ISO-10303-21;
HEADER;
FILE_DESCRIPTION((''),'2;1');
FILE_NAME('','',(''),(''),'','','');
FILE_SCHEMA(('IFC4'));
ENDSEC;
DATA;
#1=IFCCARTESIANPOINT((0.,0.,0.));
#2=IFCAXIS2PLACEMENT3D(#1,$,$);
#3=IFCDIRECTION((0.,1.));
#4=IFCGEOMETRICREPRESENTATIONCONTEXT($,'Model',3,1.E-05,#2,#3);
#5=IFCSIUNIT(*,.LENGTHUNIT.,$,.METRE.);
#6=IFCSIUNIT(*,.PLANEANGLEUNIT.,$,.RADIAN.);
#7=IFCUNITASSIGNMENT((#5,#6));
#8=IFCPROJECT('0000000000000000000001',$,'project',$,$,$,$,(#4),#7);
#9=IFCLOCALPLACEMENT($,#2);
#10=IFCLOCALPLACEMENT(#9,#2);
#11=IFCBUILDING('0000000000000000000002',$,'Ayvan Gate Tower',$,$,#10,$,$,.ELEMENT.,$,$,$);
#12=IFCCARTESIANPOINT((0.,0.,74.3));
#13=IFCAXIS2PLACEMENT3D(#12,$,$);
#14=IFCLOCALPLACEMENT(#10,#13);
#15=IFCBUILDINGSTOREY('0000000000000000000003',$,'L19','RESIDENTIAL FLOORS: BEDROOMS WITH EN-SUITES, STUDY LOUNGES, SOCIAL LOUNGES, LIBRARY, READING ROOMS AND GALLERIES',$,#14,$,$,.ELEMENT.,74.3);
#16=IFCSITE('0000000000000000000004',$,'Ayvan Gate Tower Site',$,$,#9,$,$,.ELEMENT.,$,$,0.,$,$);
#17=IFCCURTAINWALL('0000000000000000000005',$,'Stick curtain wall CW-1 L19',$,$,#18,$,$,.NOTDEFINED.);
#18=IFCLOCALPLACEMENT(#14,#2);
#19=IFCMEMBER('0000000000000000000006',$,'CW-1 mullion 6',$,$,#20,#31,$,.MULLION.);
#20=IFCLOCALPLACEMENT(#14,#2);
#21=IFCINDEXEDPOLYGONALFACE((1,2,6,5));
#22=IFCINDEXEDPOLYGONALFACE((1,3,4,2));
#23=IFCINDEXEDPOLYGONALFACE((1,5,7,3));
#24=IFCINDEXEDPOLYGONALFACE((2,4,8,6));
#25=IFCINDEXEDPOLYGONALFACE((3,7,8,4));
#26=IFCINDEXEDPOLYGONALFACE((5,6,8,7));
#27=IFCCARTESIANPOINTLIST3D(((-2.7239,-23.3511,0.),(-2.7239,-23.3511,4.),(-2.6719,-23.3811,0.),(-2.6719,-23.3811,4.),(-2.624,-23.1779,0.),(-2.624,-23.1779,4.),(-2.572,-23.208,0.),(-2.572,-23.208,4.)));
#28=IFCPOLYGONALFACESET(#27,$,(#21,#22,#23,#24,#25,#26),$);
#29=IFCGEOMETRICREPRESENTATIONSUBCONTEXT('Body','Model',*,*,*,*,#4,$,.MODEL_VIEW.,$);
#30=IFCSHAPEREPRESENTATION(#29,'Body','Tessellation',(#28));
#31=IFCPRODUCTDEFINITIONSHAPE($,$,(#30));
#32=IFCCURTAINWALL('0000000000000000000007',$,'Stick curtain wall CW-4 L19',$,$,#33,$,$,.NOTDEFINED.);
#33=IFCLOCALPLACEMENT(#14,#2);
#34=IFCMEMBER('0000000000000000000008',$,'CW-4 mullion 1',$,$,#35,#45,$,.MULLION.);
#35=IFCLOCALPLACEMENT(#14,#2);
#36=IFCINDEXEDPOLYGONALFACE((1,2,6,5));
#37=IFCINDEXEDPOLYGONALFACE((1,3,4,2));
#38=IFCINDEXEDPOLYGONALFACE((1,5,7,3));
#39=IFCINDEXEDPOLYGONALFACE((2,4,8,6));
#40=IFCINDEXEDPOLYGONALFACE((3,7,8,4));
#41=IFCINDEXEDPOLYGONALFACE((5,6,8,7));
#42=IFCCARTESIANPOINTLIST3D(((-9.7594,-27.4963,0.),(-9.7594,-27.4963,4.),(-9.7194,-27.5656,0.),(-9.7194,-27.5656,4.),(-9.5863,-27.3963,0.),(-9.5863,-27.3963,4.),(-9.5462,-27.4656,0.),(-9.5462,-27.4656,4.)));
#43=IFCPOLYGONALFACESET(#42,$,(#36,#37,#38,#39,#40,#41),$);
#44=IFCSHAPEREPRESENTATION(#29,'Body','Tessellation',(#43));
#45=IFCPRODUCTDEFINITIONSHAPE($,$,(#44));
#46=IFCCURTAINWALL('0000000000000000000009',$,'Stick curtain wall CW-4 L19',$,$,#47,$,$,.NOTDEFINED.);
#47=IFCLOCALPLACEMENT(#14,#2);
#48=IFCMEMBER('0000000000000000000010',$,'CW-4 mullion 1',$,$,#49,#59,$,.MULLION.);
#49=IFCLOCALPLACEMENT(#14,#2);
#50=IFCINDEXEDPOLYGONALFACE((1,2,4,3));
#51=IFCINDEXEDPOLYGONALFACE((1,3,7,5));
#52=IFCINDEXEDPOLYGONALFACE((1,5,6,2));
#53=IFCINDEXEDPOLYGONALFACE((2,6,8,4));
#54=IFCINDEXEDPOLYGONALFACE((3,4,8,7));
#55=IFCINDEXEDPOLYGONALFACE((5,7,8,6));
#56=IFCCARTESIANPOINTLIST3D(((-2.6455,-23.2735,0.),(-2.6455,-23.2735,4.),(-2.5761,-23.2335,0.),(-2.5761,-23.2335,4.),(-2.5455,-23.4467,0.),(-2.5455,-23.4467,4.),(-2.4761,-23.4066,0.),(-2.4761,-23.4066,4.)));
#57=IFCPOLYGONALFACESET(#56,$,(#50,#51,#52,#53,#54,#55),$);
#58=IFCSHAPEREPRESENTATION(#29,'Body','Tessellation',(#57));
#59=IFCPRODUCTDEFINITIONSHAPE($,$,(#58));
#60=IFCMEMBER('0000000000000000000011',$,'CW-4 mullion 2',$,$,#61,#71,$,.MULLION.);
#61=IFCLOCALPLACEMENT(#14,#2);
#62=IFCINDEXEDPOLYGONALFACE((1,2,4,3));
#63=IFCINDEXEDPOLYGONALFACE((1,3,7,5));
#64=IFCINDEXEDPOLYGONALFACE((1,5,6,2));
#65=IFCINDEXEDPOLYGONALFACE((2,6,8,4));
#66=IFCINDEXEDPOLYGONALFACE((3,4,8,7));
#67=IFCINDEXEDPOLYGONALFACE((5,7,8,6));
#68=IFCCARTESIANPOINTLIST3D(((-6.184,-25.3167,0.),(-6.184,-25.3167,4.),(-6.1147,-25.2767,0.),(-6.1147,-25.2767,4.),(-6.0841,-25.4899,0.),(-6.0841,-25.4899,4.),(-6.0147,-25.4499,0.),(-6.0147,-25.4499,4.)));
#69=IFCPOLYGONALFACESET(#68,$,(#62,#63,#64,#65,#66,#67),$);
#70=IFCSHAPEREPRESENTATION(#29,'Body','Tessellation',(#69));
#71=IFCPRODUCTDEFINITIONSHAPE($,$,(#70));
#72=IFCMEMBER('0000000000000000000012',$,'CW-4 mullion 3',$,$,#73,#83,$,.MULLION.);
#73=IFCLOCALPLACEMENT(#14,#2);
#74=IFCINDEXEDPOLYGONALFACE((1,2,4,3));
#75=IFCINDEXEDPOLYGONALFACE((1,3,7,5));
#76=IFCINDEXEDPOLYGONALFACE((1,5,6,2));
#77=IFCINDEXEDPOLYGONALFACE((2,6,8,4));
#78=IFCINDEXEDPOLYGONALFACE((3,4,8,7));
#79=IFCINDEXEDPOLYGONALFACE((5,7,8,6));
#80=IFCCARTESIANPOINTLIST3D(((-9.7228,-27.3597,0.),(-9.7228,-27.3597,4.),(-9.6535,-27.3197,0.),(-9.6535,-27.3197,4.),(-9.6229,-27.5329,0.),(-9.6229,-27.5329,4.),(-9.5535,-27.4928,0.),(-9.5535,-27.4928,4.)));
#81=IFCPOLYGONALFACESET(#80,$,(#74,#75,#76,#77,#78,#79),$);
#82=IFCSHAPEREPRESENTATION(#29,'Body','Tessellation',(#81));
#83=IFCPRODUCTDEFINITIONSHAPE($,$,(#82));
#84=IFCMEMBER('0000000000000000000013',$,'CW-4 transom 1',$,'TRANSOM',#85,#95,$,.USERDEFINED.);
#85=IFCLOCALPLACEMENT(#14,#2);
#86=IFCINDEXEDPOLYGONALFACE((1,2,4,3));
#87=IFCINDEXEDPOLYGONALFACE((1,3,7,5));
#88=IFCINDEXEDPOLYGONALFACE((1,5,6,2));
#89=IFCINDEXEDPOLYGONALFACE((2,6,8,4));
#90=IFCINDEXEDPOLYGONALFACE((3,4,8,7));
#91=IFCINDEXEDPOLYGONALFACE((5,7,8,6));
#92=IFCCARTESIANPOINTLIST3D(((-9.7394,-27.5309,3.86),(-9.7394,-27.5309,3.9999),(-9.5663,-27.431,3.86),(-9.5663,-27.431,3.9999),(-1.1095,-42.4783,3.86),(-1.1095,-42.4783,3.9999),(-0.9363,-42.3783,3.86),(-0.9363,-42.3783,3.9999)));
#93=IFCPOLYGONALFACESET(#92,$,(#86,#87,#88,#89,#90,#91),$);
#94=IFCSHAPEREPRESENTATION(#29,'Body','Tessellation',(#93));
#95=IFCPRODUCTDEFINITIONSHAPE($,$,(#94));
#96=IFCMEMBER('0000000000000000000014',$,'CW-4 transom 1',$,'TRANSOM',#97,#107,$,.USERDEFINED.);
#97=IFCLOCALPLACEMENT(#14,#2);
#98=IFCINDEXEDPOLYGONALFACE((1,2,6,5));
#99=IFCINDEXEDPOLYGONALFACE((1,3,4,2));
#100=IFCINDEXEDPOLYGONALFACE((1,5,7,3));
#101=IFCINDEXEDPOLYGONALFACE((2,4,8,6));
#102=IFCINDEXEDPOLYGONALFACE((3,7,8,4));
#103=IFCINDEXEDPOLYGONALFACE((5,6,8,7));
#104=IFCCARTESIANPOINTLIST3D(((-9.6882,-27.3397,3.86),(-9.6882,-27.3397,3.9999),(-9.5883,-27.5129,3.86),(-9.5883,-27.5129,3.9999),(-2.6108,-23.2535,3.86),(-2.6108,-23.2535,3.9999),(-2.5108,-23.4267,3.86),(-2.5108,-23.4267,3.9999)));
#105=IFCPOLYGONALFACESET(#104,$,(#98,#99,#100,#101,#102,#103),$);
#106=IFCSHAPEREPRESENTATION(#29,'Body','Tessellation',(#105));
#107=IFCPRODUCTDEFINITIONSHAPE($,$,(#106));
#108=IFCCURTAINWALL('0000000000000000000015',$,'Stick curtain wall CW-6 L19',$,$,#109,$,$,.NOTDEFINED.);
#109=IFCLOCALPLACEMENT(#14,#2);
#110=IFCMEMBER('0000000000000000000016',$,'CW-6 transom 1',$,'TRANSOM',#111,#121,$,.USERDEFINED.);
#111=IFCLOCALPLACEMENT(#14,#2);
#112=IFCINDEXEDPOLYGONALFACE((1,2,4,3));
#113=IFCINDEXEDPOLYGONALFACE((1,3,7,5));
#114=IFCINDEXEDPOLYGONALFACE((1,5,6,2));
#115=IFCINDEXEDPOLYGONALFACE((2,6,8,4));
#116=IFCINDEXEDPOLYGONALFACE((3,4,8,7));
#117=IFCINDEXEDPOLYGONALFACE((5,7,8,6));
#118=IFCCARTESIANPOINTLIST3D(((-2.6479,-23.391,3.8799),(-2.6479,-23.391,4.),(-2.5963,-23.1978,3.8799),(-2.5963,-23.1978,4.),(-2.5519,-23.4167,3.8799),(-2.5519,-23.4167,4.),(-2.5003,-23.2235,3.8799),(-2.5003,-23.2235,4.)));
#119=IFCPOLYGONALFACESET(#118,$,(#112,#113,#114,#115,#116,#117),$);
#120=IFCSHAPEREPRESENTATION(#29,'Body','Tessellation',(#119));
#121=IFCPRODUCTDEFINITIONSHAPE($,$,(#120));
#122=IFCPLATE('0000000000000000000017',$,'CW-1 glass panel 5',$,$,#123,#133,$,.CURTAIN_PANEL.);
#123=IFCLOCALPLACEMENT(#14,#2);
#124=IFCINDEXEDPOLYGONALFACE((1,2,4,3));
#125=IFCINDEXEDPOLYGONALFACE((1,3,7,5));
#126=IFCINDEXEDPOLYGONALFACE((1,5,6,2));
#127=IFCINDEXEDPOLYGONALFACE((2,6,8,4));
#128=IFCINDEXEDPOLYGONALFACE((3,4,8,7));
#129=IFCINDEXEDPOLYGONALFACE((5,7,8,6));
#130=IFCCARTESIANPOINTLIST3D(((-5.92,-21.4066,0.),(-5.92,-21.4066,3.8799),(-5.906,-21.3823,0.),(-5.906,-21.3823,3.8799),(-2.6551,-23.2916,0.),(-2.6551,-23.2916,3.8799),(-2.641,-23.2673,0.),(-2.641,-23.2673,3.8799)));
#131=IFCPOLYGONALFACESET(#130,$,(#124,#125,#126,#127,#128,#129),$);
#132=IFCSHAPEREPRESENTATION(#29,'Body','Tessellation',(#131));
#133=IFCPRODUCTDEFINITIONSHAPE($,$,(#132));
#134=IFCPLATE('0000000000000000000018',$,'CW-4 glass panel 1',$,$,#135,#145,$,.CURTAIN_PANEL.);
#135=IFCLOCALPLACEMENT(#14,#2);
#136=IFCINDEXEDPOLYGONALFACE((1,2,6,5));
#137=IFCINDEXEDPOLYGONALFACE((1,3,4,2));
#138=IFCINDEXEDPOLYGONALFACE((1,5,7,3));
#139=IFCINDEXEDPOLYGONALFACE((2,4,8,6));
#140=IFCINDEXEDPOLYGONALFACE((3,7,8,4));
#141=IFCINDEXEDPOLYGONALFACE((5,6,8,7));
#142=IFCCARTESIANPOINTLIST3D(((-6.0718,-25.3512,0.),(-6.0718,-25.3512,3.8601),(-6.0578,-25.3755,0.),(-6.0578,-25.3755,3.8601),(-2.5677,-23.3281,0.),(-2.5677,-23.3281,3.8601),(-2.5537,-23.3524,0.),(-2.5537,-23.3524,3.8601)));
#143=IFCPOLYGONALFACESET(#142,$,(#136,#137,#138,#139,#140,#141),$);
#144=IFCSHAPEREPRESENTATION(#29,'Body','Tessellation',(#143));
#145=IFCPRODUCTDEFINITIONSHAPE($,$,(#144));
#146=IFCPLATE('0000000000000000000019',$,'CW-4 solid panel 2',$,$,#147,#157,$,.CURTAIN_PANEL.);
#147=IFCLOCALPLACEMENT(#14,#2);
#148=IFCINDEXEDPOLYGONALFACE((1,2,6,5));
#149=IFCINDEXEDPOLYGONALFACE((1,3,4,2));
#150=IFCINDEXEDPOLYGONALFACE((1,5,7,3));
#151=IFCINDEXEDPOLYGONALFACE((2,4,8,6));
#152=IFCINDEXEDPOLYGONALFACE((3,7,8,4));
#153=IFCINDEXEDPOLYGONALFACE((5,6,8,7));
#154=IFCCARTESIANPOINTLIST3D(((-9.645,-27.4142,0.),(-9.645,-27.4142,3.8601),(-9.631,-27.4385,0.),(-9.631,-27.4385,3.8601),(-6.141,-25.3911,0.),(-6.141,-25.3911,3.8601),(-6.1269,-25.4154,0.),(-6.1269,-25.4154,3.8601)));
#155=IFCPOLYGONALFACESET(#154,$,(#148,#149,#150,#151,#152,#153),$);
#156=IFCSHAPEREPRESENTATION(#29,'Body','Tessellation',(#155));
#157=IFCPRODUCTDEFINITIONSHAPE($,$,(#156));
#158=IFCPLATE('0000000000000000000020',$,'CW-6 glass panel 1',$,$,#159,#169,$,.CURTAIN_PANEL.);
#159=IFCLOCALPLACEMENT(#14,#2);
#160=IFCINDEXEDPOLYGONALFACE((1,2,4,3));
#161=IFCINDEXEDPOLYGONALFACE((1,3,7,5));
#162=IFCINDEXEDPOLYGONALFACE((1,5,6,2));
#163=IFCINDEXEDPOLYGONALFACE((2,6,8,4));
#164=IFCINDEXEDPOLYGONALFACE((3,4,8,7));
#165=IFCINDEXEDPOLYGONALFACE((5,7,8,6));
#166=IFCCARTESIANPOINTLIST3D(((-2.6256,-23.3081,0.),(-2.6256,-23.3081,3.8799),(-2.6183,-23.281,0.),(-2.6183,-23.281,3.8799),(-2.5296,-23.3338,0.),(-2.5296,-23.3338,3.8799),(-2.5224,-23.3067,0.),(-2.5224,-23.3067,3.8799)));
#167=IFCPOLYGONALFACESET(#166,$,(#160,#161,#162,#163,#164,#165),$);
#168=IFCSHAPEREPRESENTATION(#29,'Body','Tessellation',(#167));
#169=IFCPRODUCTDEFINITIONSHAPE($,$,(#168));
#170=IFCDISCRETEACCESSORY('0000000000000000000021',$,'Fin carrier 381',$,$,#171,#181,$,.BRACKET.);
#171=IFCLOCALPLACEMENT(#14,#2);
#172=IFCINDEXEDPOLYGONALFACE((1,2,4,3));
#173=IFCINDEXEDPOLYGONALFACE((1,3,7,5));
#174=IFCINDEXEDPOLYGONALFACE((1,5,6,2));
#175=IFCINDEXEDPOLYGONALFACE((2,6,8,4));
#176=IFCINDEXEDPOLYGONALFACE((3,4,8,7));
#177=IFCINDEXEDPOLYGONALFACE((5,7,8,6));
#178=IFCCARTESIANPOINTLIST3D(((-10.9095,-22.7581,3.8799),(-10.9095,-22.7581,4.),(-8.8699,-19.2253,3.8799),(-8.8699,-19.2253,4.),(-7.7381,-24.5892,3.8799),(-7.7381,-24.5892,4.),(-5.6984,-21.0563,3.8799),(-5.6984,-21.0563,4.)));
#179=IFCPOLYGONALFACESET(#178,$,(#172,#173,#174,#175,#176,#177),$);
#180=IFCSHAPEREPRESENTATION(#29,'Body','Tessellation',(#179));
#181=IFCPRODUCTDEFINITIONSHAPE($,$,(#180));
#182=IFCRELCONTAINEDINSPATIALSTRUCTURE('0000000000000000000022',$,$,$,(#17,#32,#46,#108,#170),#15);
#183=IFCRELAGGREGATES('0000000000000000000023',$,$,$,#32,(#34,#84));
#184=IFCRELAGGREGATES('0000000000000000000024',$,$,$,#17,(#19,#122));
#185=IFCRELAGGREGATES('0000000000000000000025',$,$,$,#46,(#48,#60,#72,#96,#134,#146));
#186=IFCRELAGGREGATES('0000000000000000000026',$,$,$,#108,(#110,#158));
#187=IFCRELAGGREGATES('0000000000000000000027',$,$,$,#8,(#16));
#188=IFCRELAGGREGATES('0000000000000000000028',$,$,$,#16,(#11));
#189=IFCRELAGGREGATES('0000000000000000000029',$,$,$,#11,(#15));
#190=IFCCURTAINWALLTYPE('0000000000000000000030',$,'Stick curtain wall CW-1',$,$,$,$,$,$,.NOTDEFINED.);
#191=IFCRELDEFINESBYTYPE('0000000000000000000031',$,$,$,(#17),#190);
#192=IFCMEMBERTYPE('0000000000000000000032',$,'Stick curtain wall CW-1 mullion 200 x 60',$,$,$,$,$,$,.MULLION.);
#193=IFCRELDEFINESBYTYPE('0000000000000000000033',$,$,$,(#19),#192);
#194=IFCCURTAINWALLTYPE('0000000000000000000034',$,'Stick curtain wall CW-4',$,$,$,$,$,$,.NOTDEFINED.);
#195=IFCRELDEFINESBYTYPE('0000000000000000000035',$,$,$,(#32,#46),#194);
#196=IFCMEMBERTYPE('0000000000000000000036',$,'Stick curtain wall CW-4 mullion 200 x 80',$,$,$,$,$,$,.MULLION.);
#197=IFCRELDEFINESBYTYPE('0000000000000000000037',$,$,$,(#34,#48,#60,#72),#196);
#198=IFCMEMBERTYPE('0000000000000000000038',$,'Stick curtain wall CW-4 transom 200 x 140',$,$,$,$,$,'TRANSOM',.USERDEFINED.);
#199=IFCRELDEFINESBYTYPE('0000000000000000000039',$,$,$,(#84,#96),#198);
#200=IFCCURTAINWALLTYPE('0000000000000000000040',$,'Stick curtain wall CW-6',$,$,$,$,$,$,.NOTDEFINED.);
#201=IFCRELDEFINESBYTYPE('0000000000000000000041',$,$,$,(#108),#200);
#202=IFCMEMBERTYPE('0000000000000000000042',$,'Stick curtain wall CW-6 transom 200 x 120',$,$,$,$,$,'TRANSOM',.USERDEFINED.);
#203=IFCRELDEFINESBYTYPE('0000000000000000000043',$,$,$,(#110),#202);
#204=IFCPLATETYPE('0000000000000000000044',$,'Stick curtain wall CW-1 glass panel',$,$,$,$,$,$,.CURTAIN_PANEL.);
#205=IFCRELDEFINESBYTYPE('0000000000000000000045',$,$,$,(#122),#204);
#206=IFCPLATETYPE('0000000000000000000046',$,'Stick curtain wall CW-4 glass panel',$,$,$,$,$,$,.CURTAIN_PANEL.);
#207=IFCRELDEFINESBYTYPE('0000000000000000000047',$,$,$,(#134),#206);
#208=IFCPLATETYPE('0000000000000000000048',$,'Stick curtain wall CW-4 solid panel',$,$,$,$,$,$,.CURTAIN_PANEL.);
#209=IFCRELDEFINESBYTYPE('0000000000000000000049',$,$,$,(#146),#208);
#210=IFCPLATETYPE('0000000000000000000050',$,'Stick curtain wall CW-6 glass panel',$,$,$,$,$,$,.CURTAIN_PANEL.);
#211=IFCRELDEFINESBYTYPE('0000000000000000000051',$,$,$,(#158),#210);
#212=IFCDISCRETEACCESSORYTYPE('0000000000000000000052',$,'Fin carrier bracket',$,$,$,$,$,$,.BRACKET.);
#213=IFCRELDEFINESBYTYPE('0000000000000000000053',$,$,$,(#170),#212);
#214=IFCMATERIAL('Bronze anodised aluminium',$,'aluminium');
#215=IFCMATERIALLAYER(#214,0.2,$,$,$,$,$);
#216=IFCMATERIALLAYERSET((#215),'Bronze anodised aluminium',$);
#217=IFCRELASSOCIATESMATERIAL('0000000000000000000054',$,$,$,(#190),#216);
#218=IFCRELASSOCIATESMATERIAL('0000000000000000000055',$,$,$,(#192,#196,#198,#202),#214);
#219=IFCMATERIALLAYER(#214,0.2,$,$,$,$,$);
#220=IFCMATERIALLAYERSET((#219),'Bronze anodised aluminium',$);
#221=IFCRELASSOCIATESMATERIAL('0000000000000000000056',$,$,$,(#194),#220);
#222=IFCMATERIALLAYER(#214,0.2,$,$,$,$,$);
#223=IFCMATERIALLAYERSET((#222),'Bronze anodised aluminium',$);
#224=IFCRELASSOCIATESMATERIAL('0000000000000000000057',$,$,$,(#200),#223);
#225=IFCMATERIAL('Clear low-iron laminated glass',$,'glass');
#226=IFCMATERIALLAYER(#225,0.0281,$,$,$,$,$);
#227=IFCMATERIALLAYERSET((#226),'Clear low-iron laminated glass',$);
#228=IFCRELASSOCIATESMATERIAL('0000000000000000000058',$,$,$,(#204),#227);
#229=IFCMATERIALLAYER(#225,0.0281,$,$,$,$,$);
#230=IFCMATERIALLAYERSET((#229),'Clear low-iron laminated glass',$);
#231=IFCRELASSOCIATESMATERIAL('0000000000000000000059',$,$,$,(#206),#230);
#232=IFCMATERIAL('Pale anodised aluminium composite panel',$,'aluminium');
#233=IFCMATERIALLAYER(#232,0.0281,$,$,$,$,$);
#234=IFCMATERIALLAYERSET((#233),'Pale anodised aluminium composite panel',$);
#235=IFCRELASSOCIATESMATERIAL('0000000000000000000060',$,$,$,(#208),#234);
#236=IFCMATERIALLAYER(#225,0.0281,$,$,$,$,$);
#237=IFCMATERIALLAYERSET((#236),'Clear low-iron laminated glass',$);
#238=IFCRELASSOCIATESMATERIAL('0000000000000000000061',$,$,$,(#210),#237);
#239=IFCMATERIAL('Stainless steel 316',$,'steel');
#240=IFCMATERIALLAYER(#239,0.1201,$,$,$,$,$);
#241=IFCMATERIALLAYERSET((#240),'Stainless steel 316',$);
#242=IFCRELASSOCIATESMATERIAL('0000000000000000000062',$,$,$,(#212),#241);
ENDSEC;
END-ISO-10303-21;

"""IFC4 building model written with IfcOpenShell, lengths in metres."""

from ifc_helpers import new_model, si_unit, direction, frame, origin, origin_2d, place, context, subcontext, project, spatial, rectangle, extrude, material, layer, layer_set, material_profile, profile_set, type_object, element, aggregate, save


model = new_model("IFC4")

# Units and contexts
model_context = context("Model", 3, precision=1e-05, world=origin(), true_north=direction((0.0, 1.0)))
body_context = subcontext(model_context, "Body", "Model", "MODEL_VIEW")
ifc_project = project(units=[si_unit("LENGTHUNIT", "METRE"), si_unit("PLANEANGLEUNIT", "RADIAN")], contexts=[model_context])

# Site, building, storey
site_placement = place(None, origin())
site = spatial("IfcSite", under=ifc_project, at=site_placement, Name="Ayvan Gate Tower Site", CompositionType="ELEMENT", RefElevation=0.0)
building_placement = place(site_placement, origin())
building = spatial("IfcBuilding", under=site, at=building_placement, Name="Ayvan Gate Tower", CompositionType="ELEMENT")
storey_placement = place(building_placement, frame((0.0, 0.0, 74.3)))
storey = spatial("IfcBuildingStorey", under=building, at=storey_placement, Name="L19", Description="RESIDENTIAL FLOORS: BEDROOMS WITH EN-SUITES, STUDY LOUNGES, SOCIAL LOUNGES, LIBRARY, READING ROOMS AND GALLERIES", CompositionType="ELEMENT", Elevation=74.3)

# Curtain wall, member
ifc_material_1 = material(Name="Bronze anodised aluminium", Category="aluminium")
ifc_layer_1 = layer(ifc_material_1, 0.2)
ifc_layer_set_1 = layer_set([ifc_layer_1], Name="Bronze anodised aluminium")
curtain_wall_type_1 = type_object("IfcCurtainWallType", Name="Stick curtain wall CW-1", PredefinedType="NOTDEFINED", material=ifc_layer_set_1)
curtain_wall_1_placement = place(storey_placement, origin())
curtain_wall_1 = element("IfcCurtainWall", 1, at=curtain_wall_1_placement, inside=storey, type_object=curtain_wall_type_1, Name="Stick curtain wall CW-1 L19", PredefinedType="NOTDEFINED")
ifc_material_profile_1 = material_profile(ifc_material_1, rectangle(XDim=0.2, YDim=0.0601, at=origin_2d()), Name="Stick curtain wall CW-1 mullion 200 x 60")
ifc_profile_set_1 = profile_set([ifc_material_profile_1], Name="Bronze anodised aluminium")
member_type_1 = type_object("IfcMemberType", Name="Stick curtain wall CW-1 mullion 200 x 60", PredefinedType="MULLION", material=ifc_profile_set_1)
member_1_placement = place(storey_placement, frame((-2.6479, -23.2795, 0.0), z_axis=(0.0, 0.0, 1.0), x_axis=(-0.5, -0.866025, 0.0)))
member_1 = element("IfcMember", 2, at=member_1_placement, type_object=member_type_1, Name="CW-1 mullion 6", PredefinedType="MULLION", context=body_context, shape_type="SweptSolid", body=[
    extrude(rectangle(XDim=0.2, YDim=0.0601, at=origin_2d()), origin(), (0.0, 0.0, 1.0), 4.0),
])

# Curtain wall, member
ifc_layer_2 = layer(ifc_material_1, 0.2)
ifc_layer_set_2 = layer_set([ifc_layer_2], Name="Bronze anodised aluminium")
curtain_wall_type_2 = type_object("IfcCurtainWallType", Name="Stick curtain wall CW-4", PredefinedType="NOTDEFINED", material=ifc_layer_set_2)
curtain_wall_2_placement = place(storey_placement, origin())
curtain_wall_2 = element("IfcCurtainWall", 3, at=curtain_wall_2_placement, inside=storey, type_object=curtain_wall_type_2, Name="Stick curtain wall CW-4 L19", PredefinedType="NOTDEFINED")
ifc_material_profile_2 = material_profile(ifc_material_1, rectangle(XDim=0.2, YDim=0.0801, at=origin_2d()), Name="Stick curtain wall CW-4 mullion 200 x 80")
ifc_profile_set_2 = profile_set([ifc_material_profile_2], Name="Bronze anodised aluminium")
member_type_2 = type_object("IfcMemberType", Name="Stick curtain wall CW-4 mullion 200 x 80", PredefinedType="MULLION", material=ifc_profile_set_2)
member_2_placement = place(storey_placement, frame((-9.6528, -27.481, 0.0), z_axis=(0.0, 0.0, 1.0), x_axis=(-0.866025, -0.5, 0.0)))
member_2 = element("IfcMember", 4, at=member_2_placement, type_object=member_type_2, Name="CW-4 mullion 1", PredefinedType="MULLION", context=body_context, shape_type="SweptSolid", body=[
    extrude(rectangle(XDim=0.2, YDim=0.0801, at=origin_2d()), origin(), (0.0, 0.0, 1.0), 4.0),
])

# Curtain wall, members
curtain_wall_3_placement = place(storey_placement, origin())
curtain_wall_3 = element("IfcCurtainWall", 5, at=curtain_wall_3_placement, inside=storey, type_object=curtain_wall_type_2, Name="Stick curtain wall CW-4 L19", PredefinedType="NOTDEFINED")
member_3_placement = place(storey_placement, frame((-2.5608, -23.3401, 0.0), z_axis=(0.0, 0.0, 1.0), x_axis=(-0.5, 0.866025, 0.0)))
member_3 = element("IfcMember", 6, at=member_3_placement, type_object=member_type_2, Name="CW-4 mullion 1", PredefinedType="MULLION", context=body_context, shape_type="SweptSolid", body=[
    extrude(rectangle(XDim=0.2, YDim=0.0801, at=origin_2d()), origin(), (0.0, 0.0, 1.0), 4.0),
])
member_4_placement = place(storey_placement, frame((-6.0994, -25.3833, 0.0), z_axis=(0.0, 0.0, 1.0), x_axis=(-0.5, 0.866025, 0.0)))
member_4 = element("IfcMember", 7, at=member_4_placement, type_object=member_type_2, Name="CW-4 mullion 2", PredefinedType="MULLION", context=body_context, shape_type="SweptSolid", body=[
    extrude(rectangle(XDim=0.2, YDim=0.0801, at=origin_2d()), origin(), (0.0, 0.0, 1.0), 4.0),
])
member_5_placement = place(storey_placement, frame((-9.6382, -27.4263, 0.0), z_axis=(0.0, 0.0, 1.0), x_axis=(-0.5, 0.866025, 0.0)))
member_5 = element("IfcMember", 8, at=member_5_placement, type_object=member_type_2, Name="CW-4 mullion 3", PredefinedType="MULLION", context=body_context, shape_type="SweptSolid", body=[
    extrude(rectangle(XDim=0.2, YDim=0.0801, at=origin_2d()), origin(), (0.0, 0.0, 1.0), 4.0),
])

# Members
ifc_material_profile_3 = material_profile(ifc_material_1, rectangle(XDim=0.2, YDim=0.1399, at=origin_2d()), Name="Stick curtain wall CW-4 transom 200 x 140")
ifc_profile_set_3 = profile_set([ifc_material_profile_3], Name="Bronze anodised aluminium")
member_type_3 = type_object("IfcMemberType", Name="Stick curtain wall CW-4 transom 200 x 140", ElementType="TRANSOM", PredefinedType="USERDEFINED", material=ifc_profile_set_3)
member_6_placement = place(storey_placement, frame((-9.6528, -27.481, 3.9299), z_axis=(0.500003, -0.866024, 0.0), x_axis=(0.866024, 0.500003, 0.0)))
member_6 = element("IfcMember", 9, at=member_6_placement, type_object=member_type_3, Name="CW-4 transom 1", ObjectType="TRANSOM", PredefinedType="USERDEFINED", context=body_context, shape_type="SweptSolid", body=[
    extrude(rectangle(XDim=0.2, YDim=0.1399, at=origin_2d()), origin(), (0.0, 0.0, 1.0), 17.2598),
])
aggregate(curtain_wall_2, [member_2, member_6])
member_7_placement = place(storey_placement, frame((-2.5608, -23.3401, 3.9299), z_axis=(-0.866023, -0.500004, 0.0), x_axis=(0.500004, -0.866023, 0.0)))
member_7 = element("IfcMember", 10, at=member_7_placement, type_object=member_type_3, Name="CW-4 transom 1", ObjectType="TRANSOM", PredefinedType="USERDEFINED", context=body_context, shape_type="SweptSolid", body=[
    extrude(rectangle(XDim=0.2, YDim=0.1399, at=origin_2d()), origin(), (0.0, 0.0, 1.0), 8.1724),
])

# Curtain wall, member
ifc_layer_3 = layer(ifc_material_1, 0.2)
ifc_layer_set_3 = layer_set([ifc_layer_3], Name="Bronze anodised aluminium")
curtain_wall_type_3 = type_object("IfcCurtainWallType", Name="Stick curtain wall CW-6", PredefinedType="NOTDEFINED", material=ifc_layer_set_3)
curtain_wall_4_placement = place(storey_placement, origin())
curtain_wall_4 = element("IfcCurtainWall", 11, at=curtain_wall_4_placement, inside=storey, type_object=curtain_wall_type_3, Name="Stick curtain wall CW-6 L19", PredefinedType="NOTDEFINED")
ifc_material_profile_4 = material_profile(ifc_material_1, rectangle(XDim=0.2, YDim=0.1201, at=origin_2d()), Name="Stick curtain wall CW-6 transom 200 x 120")
ifc_profile_set_4 = profile_set([ifc_material_profile_4], Name="Bronze anodised aluminium")
member_type_4 = type_object("IfcMemberType", Name="Stick curtain wall CW-6 transom 200 x 120", ElementType="TRANSOM", PredefinedType="USERDEFINED", material=ifc_profile_set_4)
member_8_placement = place(storey_placement, frame((-2.6221, -23.2944, 3.9399), z_axis=(0.966112, -0.258122, 0.0), x_axis=(0.258122, 0.966112, 0.0)))
member_8 = element("IfcMember", 12, at=member_8_placement, type_object=member_type_4, Name="CW-6 transom 1", ObjectType="TRANSOM", PredefinedType="USERDEFINED", context=body_context, shape_type="SweptSolid", body=[
    extrude(rectangle(XDim=0.2, YDim=0.1201, at=origin_2d()), origin(), (0.0, 0.0, 1.0), 0.0994),
])

# Plates
ifc_material_2 = material(Name="Clear low-iron laminated glass", Category="glass")
ifc_layer_4 = layer(ifc_material_2, 0.0281)
ifc_layer_set_4 = layer_set([ifc_layer_4], Name="Clear low-iron laminated glass")
plate_type_1 = type_object("IfcPlateType", Name="Stick curtain wall CW-1 glass panel", PredefinedType="CURTAIN_PANEL", material=ifc_layer_set_4)
plate_1_placement = place(storey_placement, frame((-4.2805, -22.3369, 0.0), z_axis=(0.0, 0.0, 1.0), x_axis=(0.866025, -0.5, 0.0)))
plate_1 = element("IfcPlate", 13, at=plate_1_placement, type_object=plate_type_1, Name="CW-1 glass panel 5", PredefinedType="CURTAIN_PANEL", context=body_context, shape_type="SweptSolid", body=[
    extrude(rectangle(XDim=3.77, YDim=0.0281, at=origin_2d()), origin(), (0.0, 0.0, 1.0), 3.8799),
])
aggregate(curtain_wall_1, [member_1, plate_1])
ifc_layer_5 = layer(ifc_material_2, 0.0281)
ifc_layer_set_5 = layer_set([ifc_layer_5], Name="Clear low-iron laminated glass")
plate_type_2 = type_object("IfcPlateType", Name="Stick curtain wall CW-4 glass panel", PredefinedType="CURTAIN_PANEL", material=ifc_layer_set_5)
plate_2_placement = place(storey_placement, frame((-4.3127, -24.3518, 0.0), z_axis=(0.0, 0.0, 1.0), x_axis=(-0.866025, -0.5, 0.0)))
plate_2 = element("IfcPlate", 14, at=plate_2_placement, type_object=plate_type_2, Name="CW-4 glass panel 1", PredefinedType="CURTAIN_PANEL", context=body_context, shape_type="SweptSolid", body=[
    extrude(rectangle(XDim=4.0461, YDim=0.0281, at=origin_2d()), origin(), (0.0, 0.0, 1.0), 3.8601),
])
ifc_material_3 = material(Name="Pale anodised aluminium composite panel", Category="aluminium")
ifc_layer_6 = layer(ifc_material_3, 0.0281)
ifc_layer_set_6 = layer_set([ifc_layer_6], Name="Pale anodised aluminium composite panel")
plate_type_3 = type_object("IfcPlateType", Name="Stick curtain wall CW-4 solid panel", PredefinedType="CURTAIN_PANEL", material=ifc_layer_set_6)
plate_3_placement = place(storey_placement, frame((-7.886, -26.4148, 0.0), z_axis=(0.0, 0.0, 1.0), x_axis=(-0.866025, -0.5, 0.0)))
plate_3 = element("IfcPlate", 15, at=plate_3_placement, type_object=plate_type_3, Name="CW-4 solid panel 2", PredefinedType="CURTAIN_PANEL", context=body_context, shape_type="SweptSolid", body=[
    extrude(rectangle(XDim=4.0461, YDim=0.0281, at=origin_2d()), origin(), (0.0, 0.0, 1.0), 3.8601),
])
aggregate(curtain_wall_3, [member_3, member_4, member_5, member_7, plate_2, plate_3])
ifc_layer_7 = layer(ifc_material_2, 0.0281)
ifc_layer_set_7 = layer_set([ifc_layer_7], Name="Clear low-iron laminated glass")
plate_type_4 = type_object("IfcPlateType", Name="Stick curtain wall CW-6 glass panel", PredefinedType="CURTAIN_PANEL", material=ifc_layer_set_7)
plate_4_placement = place(storey_placement, frame((-2.574, -23.3074, 0.0), z_axis=(0.0, 0.0, 1.0), x_axis=(0.965926, -0.258819, 0.0)))
plate_4 = element("IfcPlate", 16, at=plate_4_placement, type_object=plate_type_4, Name="CW-6 glass panel 1", PredefinedType="CURTAIN_PANEL", context=body_context, shape_type="SweptSolid", body=[
    extrude(rectangle(XDim=0.0994, YDim=0.0281, at=origin_2d()), origin(), (0.0, 0.0, 1.0), 3.8799),
])
aggregate(curtain_wall_4, [member_8, plate_4])

# Discrete accessory
ifc_material_4 = material(Name="Stainless steel 316", Category="steel")
ifc_layer_8 = layer(ifc_material_4, 0.1201)
ifc_layer_set_8 = layer_set([ifc_layer_8], Name="Stainless steel 316")
discrete_accessory_type_1 = type_object("IfcDiscreteAccessoryType", Name="Fin carrier bracket", PredefinedType="BRACKET", material=ifc_layer_set_8)
discrete_accessory_1_placement = place(storey_placement, frame((-8.304, -21.9072, 3.8799), z_axis=(0.0, 0.0, 1.0), x_axis=(0.866025, -0.5, 0.0)))
element("IfcDiscreteAccessory", 17, at=discrete_accessory_1_placement, inside=storey, type_object=discrete_accessory_type_1, Name="Fin carrier 381", PredefinedType="BRACKET", context=body_context, shape_type="SweptSolid", body=[
    extrude(rectangle(XDim=3.6621, YDim=4.0793, at=origin_2d()), origin(), (0.0, 0.0, 1.0), 0.1201),
])

save(model, "model.ifc")
